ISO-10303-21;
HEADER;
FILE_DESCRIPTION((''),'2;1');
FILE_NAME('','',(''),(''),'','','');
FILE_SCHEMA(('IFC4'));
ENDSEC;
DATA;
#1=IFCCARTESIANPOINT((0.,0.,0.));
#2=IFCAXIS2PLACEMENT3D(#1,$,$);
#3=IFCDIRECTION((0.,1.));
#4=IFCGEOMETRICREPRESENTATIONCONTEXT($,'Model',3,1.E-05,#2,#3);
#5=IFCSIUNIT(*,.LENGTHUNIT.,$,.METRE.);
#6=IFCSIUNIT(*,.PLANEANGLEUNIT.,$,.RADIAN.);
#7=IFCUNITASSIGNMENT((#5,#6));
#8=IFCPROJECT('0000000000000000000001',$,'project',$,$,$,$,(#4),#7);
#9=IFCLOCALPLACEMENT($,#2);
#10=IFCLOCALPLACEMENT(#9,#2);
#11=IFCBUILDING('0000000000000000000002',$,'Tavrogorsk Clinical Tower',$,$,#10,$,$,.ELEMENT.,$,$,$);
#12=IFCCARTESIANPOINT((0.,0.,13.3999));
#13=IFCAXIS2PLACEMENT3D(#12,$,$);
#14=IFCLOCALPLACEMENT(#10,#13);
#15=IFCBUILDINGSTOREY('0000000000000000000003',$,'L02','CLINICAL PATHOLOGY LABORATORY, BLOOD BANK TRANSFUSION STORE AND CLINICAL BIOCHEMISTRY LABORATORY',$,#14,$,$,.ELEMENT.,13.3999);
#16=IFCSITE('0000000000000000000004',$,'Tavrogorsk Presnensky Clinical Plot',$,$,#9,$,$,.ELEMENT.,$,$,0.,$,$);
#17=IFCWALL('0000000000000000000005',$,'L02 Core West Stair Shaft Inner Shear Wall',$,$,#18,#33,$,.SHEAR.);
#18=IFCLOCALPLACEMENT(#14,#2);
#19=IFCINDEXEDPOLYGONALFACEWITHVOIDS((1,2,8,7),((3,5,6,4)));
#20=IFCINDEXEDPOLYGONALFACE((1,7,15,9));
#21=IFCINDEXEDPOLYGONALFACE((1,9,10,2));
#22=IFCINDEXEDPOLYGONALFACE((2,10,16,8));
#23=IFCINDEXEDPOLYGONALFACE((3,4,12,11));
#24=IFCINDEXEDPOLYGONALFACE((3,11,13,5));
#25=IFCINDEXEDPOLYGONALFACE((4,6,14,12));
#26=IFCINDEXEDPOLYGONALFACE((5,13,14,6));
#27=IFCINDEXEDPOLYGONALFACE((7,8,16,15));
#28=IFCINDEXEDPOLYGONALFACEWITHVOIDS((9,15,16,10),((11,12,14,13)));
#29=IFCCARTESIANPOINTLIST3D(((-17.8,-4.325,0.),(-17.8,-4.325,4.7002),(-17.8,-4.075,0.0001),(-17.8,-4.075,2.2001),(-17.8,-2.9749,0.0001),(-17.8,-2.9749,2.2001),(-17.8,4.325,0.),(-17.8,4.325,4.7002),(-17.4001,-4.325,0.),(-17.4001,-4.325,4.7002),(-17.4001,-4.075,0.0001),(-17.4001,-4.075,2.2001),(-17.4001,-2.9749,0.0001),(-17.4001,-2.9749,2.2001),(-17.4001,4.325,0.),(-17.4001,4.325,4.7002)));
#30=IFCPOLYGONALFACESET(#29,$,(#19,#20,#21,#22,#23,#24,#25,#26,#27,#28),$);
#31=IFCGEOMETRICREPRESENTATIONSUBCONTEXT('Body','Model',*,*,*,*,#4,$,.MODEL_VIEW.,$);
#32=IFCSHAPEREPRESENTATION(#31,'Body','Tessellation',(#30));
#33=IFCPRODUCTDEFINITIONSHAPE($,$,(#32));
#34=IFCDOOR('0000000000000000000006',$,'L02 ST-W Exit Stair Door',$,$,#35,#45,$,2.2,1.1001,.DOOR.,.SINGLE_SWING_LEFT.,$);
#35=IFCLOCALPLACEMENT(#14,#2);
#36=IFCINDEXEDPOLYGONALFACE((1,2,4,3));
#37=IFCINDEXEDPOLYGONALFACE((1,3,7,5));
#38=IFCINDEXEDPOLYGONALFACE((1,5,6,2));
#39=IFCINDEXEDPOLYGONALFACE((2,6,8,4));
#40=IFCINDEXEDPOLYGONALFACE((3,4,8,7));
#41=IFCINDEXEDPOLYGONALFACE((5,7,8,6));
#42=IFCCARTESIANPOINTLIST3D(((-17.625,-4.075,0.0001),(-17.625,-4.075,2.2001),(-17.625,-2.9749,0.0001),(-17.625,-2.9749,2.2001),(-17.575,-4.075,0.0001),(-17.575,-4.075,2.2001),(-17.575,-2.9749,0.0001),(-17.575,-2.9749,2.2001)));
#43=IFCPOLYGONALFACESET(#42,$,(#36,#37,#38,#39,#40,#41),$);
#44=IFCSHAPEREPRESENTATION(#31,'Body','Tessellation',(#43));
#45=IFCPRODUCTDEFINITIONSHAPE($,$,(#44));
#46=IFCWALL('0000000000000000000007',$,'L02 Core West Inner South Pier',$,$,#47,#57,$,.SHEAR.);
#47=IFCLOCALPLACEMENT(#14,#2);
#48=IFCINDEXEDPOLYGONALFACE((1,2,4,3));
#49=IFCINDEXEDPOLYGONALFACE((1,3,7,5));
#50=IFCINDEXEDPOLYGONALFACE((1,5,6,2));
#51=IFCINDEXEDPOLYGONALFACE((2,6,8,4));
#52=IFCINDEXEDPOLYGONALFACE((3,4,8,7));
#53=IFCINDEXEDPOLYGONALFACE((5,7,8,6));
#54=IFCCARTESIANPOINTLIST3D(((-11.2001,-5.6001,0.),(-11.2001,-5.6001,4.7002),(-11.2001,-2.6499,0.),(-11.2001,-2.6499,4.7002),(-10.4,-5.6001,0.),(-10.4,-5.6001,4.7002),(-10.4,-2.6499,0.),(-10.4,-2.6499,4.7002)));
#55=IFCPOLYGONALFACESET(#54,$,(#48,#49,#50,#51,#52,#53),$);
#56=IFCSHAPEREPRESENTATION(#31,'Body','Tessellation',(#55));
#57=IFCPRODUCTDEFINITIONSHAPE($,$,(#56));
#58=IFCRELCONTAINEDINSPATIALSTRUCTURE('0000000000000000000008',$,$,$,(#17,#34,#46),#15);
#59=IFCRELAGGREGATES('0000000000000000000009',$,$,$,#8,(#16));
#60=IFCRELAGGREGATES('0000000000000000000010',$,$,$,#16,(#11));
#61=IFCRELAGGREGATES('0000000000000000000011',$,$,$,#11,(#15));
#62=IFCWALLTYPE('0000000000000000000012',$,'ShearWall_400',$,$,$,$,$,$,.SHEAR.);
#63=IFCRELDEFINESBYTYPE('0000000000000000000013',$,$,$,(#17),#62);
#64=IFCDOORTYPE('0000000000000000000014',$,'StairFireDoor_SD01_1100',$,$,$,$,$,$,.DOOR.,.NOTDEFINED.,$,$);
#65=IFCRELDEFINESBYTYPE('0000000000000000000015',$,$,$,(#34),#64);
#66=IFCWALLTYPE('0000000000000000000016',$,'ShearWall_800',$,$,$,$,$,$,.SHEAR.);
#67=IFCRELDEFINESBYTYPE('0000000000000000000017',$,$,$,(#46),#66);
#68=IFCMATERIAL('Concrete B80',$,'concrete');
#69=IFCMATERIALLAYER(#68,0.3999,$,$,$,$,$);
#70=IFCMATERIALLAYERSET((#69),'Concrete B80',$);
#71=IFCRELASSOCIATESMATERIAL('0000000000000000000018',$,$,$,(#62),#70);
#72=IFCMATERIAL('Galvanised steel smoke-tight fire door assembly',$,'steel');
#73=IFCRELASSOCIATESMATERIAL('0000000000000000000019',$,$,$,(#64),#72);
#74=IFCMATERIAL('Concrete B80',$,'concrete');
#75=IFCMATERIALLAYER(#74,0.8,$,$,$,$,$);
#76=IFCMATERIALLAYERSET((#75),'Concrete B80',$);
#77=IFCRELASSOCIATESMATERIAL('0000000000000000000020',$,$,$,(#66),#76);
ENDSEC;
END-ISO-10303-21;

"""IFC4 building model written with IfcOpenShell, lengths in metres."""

from ifc_helpers import new_model, si_unit, direction, frame, frame_2d, origin, place, context, subcontext, project, spatial, rectangle, extrude, material, layer, layer_set, type_object, element, fill, save


model = new_model("IFC4")

# Units and contexts
model_context = context("Model", 3, precision=1e-05, world=origin(), true_north=direction((0.0, 1.0)))
body_context = subcontext(model_context, "Body", "Model", "MODEL_VIEW")
ifc_project = project(units=[si_unit("LENGTHUNIT", "METRE"), si_unit("PLANEANGLEUNIT", "RADIAN")], contexts=[model_context])

# Site, building, storey
site_placement = place(None, origin())
site = spatial("IfcSite", under=ifc_project, at=site_placement, Name="Tavrogorsk Presnensky Clinical Plot", CompositionType="ELEMENT", RefElevation=0.0)
building_placement = place(site_placement, origin())
building = spatial("IfcBuilding", under=site, at=building_placement, Name="Tavrogorsk Clinical Tower", CompositionType="ELEMENT")
storey_placement = place(building_placement, frame((0.0, 0.0, 13.3999)))
storey = spatial("IfcBuildingStorey", under=building, at=storey_placement, Name="L02", Description="CLINICAL PATHOLOGY LABORATORY, BLOOD BANK TRANSFUSION STORE AND CLINICAL BIOCHEMISTRY LABORATORY", CompositionType="ELEMENT", Elevation=13.3999)

# Wall, opening, door
ifc_material_1 = material(Name="Concrete B80", Category="concrete")
ifc_layer_1 = layer(ifc_material_1, 0.3999)
ifc_layer_set_1 = layer_set([ifc_layer_1], Name="Concrete B80")
wall_type_1 = type_object("IfcWallType", Name="ShearWall_400", PredefinedType="SHEAR", material=ifc_layer_set_1)
wall_1_placement = place(storey_placement, frame((-17.6001, -4.325, 0.0), z_axis=(0.0, 0.0, 1.0), x_axis=(0.0, 1.0, 0.0)))
wall_1 = element("IfcWall", 1, at=wall_1_placement, inside=storey, type_object=wall_type_1, Name="L02 Core West Stair Shaft Inner Shear Wall", PredefinedType="SHEAR", context=body_context, shape_type="SweptSolid", body=[
    extrude(rectangle(XDim=8.6499, YDim=0.3999, at=frame_2d((4.325, 0.0))), origin(), (0.0, 0.0, 1.0), 4.7002),
])
opening_1_placement = place(wall_1_placement, frame((0.25, 0.0, 0.0)))
opening_1 = element("IfcOpeningElement", 2, at=opening_1_placement, cuts=wall_1, PredefinedType="OPENING", context=body_context, shape_type="SweptSolid", body=[
    extrude(rectangle(XDim=1.1001, YDim=2.2, at=frame_2d((0.55, 1.1001))), frame((0.0, 0.21, 0.0), z_axis=(0.0, -1.0, 0.0), x_axis=(1.0, 0.0, 0.0)), (0.0, 0.0, 1.0), 0.4199),
])
ifc_material_2 = material(Name="Galvanised steel smoke-tight fire door assembly", Category="steel")
door_type_1 = type_object("IfcDoorType", Name="StairFireDoor_SD01_1100", OperationType="NOTDEFINED", PredefinedType="DOOR", material=ifc_material_2)
door_1_placement = place(opening_1_placement, origin())
door_1 = element("IfcDoor", 3, at=door_1_placement, inside=storey, type_object=door_type_1, Name="L02 ST-W Exit Stair Door", OperationType="SINGLE_SWING_LEFT", OverallHeight=2.2, OverallWidth=1.1001, PredefinedType="DOOR", context=body_context, shape_type="SweptSolid", body=[
    extrude(rectangle(XDim=1.1001, YDim=2.2, at=frame_2d((0.55, 1.1001))), frame((0.0, 0.0249, 0.0), z_axis=(0.0, -1.0, 0.0), x_axis=(1.0, 0.0, 0.0)), (0.0, 0.0, 1.0), 0.05),
])
fill(opening_1, door_1)

# Wall
ifc_material_3 = material(Name="Concrete B80", Category="concrete")
ifc_layer_2 = layer(ifc_material_3, 0.8)
ifc_layer_set_2 = layer_set([ifc_layer_2], Name="Concrete B80")
wall_type_2 = type_object("IfcWallType", Name="ShearWall_800", PredefinedType="SHEAR", material=ifc_layer_set_2)
wall_2_placement = place(storey_placement, frame((-10.8, -5.6001, 0.0), z_axis=(0.0, 0.0, 1.0), x_axis=(0.0, 1.0, 0.0)))
element("IfcWall", 4, at=wall_2_placement, inside=storey, type_object=wall_type_2, Name="L02 Core West Inner South Pier", PredefinedType="SHEAR", context=body_context, shape_type="SweptSolid", body=[
    extrude(rectangle(XDim=2.9502, YDim=0.8, at=frame_2d((1.4751, 0.0))), origin(), (0.0, 0.0, 1.0), 4.7002),
])

save(model, "model.ifc")
